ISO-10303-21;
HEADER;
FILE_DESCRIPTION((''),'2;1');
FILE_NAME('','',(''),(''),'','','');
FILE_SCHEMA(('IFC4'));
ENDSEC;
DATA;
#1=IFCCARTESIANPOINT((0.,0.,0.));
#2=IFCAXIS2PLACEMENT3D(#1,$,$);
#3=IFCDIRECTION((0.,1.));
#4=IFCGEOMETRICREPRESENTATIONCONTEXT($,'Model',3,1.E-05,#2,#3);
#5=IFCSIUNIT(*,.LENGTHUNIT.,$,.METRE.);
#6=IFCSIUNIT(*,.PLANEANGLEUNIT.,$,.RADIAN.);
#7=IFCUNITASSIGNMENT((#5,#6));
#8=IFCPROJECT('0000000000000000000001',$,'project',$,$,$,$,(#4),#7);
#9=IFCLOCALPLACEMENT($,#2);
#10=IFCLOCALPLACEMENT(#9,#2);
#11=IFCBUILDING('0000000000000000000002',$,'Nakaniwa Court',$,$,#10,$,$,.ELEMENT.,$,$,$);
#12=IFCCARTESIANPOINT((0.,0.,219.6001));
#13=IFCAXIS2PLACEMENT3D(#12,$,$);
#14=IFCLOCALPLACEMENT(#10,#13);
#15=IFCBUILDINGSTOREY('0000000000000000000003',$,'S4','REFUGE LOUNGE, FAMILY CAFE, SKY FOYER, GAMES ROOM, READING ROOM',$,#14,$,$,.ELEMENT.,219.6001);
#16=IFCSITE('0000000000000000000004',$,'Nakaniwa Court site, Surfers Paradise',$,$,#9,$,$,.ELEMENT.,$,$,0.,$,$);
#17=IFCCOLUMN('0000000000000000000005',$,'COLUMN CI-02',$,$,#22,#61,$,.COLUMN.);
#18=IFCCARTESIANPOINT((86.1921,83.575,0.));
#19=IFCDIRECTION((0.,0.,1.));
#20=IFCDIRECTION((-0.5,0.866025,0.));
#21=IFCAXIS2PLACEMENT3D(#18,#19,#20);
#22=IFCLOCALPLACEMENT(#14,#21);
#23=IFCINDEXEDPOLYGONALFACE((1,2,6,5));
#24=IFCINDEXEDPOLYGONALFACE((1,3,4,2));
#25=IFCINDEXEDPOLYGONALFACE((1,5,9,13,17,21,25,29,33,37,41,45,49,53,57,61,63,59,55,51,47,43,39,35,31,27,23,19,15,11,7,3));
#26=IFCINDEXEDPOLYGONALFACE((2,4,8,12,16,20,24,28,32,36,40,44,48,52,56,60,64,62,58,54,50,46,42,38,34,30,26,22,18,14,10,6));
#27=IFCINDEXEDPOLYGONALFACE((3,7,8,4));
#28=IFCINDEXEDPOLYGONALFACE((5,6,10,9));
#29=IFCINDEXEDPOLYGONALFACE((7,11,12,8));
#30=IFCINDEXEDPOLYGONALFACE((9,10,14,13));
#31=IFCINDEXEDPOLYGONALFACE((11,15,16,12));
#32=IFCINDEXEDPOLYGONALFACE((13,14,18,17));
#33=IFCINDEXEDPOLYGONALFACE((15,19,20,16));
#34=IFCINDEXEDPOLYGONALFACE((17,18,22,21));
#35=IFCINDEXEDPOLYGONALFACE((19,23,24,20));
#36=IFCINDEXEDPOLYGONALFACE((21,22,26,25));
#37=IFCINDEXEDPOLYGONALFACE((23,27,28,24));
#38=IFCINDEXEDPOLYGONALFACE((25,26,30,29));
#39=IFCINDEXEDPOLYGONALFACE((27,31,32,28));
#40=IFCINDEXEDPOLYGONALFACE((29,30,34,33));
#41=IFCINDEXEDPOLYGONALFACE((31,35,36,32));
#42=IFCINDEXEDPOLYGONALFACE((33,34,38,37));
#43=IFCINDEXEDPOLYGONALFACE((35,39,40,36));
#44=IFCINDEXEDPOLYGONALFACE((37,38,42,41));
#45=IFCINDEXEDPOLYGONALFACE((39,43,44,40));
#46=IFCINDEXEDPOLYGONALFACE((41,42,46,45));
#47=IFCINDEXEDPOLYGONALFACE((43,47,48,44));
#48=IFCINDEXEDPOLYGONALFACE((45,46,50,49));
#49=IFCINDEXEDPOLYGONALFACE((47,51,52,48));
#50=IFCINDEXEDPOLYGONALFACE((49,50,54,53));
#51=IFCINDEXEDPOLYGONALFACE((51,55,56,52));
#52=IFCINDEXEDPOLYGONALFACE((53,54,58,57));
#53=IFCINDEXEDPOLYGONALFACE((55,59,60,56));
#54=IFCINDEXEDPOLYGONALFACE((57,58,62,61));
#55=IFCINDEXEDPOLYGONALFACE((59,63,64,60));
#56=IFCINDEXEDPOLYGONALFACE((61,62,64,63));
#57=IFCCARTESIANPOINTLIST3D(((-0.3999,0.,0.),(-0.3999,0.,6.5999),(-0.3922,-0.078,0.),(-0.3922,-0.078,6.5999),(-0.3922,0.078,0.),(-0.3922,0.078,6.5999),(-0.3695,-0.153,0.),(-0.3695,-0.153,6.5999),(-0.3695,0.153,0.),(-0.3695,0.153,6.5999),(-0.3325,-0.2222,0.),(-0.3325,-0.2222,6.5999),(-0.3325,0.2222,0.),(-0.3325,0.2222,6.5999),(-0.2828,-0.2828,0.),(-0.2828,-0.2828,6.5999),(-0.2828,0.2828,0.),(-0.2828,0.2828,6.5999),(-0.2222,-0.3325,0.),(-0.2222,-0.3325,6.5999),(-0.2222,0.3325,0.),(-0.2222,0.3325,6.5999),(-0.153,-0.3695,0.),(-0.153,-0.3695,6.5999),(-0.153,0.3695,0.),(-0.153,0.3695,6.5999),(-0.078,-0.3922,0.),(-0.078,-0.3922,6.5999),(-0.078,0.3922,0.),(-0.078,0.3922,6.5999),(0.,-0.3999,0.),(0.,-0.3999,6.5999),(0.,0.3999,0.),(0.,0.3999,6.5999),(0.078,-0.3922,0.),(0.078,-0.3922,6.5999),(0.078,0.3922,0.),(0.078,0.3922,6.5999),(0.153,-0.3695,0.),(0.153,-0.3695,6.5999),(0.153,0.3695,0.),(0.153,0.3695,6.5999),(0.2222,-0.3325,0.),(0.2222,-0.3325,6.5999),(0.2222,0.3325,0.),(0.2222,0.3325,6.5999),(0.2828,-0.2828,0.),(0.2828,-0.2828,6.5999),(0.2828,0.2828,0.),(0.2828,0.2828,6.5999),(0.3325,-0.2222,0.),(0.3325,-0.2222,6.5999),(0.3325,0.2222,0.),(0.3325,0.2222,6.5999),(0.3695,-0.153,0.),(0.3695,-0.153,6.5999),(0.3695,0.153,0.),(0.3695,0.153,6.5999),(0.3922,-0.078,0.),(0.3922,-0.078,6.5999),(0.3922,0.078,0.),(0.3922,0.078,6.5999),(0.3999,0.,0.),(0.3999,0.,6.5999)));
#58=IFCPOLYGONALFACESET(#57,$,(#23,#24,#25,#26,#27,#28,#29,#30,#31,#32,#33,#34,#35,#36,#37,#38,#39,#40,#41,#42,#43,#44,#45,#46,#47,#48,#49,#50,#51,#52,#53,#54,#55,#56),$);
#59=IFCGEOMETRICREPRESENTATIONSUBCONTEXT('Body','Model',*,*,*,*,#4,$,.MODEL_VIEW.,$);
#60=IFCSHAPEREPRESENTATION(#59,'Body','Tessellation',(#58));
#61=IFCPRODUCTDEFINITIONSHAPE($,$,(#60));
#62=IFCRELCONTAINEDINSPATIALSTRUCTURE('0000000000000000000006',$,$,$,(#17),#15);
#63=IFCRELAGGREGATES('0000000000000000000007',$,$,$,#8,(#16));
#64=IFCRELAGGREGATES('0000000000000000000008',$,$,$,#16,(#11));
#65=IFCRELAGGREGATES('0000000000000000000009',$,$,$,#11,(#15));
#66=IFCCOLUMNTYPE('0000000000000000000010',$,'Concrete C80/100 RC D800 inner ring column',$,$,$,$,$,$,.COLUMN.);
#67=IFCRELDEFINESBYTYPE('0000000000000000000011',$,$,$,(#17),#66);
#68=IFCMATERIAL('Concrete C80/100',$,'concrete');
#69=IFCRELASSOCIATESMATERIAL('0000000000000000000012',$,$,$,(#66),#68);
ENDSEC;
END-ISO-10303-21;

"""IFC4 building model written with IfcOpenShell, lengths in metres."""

from ifc_helpers import new_model, si_unit, direction, frame, origin, origin_2d, place, context, subcontext, project, spatial, circle, extrude, material, material_profile, profile_set, type_object, element, save


model = new_model("IFC4")

# Units and contexts
model_context = context("Model", 3, precision=1e-05, world=origin(), true_north=direction((0.0, 1.0)))
body_context = subcontext(model_context, "Body", "Model", "MODEL_VIEW")
ifc_project = project(units=[si_unit("LENGTHUNIT", "METRE"), si_unit("PLANEANGLEUNIT", "RADIAN")], contexts=[model_context])

# Site, building, storey
site_placement = place(None, origin())
site = spatial("IfcSite", under=ifc_project, at=site_placement, Name="Nakaniwa Court site, Surfers Paradise", CompositionType="ELEMENT", RefElevation=0.0)
building_placement = place(site_placement, origin())
building = spatial("IfcBuilding", under=site, at=building_placement, Name="Nakaniwa Court", CompositionType="ELEMENT")
storey_placement = place(building_placement, frame((0.0, 0.0, 219.6001)))
storey = spatial("IfcBuildingStorey", under=building, at=storey_placement, Name="S4", Description="REFUGE LOUNGE, FAMILY CAFE, SKY FOYER, GAMES ROOM, READING ROOM", CompositionType="ELEMENT", Elevation=219.6001)

# Column
ifc_material_1 = material(Name="Concrete C80/100", Category="concrete")
ifc_material_profile_1 = material_profile(ifc_material_1, circle(Radius=0.3999, at=origin_2d()), Name="Concrete C80/100 RC D800 inner ring column")
ifc_profile_set_1 = profile_set([ifc_material_profile_1], Name="Concrete C80/100")
column_type_1 = type_object("IfcColumnType", Name="Concrete C80/100 RC D800 inner ring column", PredefinedType="COLUMN", material=ifc_profile_set_1)
column_1_placement = place(storey_placement, frame((86.1921, 83.575, 0.0), z_axis=(0.0, 0.0, 1.0), x_axis=(-0.5, 0.866025, 0.0)))
element("IfcColumn", 1, at=column_1_placement, inside=storey, type_object=column_type_1, Name="COLUMN CI-02", PredefinedType="COLUMN", context=body_context, shape_type="SweptSolid", body=[
    extrude(circle(Radius=0.3999, at=origin_2d()), origin(), (0.0, 0.0, 1.0), 6.5999),
])

save(model, "model.ifc")
